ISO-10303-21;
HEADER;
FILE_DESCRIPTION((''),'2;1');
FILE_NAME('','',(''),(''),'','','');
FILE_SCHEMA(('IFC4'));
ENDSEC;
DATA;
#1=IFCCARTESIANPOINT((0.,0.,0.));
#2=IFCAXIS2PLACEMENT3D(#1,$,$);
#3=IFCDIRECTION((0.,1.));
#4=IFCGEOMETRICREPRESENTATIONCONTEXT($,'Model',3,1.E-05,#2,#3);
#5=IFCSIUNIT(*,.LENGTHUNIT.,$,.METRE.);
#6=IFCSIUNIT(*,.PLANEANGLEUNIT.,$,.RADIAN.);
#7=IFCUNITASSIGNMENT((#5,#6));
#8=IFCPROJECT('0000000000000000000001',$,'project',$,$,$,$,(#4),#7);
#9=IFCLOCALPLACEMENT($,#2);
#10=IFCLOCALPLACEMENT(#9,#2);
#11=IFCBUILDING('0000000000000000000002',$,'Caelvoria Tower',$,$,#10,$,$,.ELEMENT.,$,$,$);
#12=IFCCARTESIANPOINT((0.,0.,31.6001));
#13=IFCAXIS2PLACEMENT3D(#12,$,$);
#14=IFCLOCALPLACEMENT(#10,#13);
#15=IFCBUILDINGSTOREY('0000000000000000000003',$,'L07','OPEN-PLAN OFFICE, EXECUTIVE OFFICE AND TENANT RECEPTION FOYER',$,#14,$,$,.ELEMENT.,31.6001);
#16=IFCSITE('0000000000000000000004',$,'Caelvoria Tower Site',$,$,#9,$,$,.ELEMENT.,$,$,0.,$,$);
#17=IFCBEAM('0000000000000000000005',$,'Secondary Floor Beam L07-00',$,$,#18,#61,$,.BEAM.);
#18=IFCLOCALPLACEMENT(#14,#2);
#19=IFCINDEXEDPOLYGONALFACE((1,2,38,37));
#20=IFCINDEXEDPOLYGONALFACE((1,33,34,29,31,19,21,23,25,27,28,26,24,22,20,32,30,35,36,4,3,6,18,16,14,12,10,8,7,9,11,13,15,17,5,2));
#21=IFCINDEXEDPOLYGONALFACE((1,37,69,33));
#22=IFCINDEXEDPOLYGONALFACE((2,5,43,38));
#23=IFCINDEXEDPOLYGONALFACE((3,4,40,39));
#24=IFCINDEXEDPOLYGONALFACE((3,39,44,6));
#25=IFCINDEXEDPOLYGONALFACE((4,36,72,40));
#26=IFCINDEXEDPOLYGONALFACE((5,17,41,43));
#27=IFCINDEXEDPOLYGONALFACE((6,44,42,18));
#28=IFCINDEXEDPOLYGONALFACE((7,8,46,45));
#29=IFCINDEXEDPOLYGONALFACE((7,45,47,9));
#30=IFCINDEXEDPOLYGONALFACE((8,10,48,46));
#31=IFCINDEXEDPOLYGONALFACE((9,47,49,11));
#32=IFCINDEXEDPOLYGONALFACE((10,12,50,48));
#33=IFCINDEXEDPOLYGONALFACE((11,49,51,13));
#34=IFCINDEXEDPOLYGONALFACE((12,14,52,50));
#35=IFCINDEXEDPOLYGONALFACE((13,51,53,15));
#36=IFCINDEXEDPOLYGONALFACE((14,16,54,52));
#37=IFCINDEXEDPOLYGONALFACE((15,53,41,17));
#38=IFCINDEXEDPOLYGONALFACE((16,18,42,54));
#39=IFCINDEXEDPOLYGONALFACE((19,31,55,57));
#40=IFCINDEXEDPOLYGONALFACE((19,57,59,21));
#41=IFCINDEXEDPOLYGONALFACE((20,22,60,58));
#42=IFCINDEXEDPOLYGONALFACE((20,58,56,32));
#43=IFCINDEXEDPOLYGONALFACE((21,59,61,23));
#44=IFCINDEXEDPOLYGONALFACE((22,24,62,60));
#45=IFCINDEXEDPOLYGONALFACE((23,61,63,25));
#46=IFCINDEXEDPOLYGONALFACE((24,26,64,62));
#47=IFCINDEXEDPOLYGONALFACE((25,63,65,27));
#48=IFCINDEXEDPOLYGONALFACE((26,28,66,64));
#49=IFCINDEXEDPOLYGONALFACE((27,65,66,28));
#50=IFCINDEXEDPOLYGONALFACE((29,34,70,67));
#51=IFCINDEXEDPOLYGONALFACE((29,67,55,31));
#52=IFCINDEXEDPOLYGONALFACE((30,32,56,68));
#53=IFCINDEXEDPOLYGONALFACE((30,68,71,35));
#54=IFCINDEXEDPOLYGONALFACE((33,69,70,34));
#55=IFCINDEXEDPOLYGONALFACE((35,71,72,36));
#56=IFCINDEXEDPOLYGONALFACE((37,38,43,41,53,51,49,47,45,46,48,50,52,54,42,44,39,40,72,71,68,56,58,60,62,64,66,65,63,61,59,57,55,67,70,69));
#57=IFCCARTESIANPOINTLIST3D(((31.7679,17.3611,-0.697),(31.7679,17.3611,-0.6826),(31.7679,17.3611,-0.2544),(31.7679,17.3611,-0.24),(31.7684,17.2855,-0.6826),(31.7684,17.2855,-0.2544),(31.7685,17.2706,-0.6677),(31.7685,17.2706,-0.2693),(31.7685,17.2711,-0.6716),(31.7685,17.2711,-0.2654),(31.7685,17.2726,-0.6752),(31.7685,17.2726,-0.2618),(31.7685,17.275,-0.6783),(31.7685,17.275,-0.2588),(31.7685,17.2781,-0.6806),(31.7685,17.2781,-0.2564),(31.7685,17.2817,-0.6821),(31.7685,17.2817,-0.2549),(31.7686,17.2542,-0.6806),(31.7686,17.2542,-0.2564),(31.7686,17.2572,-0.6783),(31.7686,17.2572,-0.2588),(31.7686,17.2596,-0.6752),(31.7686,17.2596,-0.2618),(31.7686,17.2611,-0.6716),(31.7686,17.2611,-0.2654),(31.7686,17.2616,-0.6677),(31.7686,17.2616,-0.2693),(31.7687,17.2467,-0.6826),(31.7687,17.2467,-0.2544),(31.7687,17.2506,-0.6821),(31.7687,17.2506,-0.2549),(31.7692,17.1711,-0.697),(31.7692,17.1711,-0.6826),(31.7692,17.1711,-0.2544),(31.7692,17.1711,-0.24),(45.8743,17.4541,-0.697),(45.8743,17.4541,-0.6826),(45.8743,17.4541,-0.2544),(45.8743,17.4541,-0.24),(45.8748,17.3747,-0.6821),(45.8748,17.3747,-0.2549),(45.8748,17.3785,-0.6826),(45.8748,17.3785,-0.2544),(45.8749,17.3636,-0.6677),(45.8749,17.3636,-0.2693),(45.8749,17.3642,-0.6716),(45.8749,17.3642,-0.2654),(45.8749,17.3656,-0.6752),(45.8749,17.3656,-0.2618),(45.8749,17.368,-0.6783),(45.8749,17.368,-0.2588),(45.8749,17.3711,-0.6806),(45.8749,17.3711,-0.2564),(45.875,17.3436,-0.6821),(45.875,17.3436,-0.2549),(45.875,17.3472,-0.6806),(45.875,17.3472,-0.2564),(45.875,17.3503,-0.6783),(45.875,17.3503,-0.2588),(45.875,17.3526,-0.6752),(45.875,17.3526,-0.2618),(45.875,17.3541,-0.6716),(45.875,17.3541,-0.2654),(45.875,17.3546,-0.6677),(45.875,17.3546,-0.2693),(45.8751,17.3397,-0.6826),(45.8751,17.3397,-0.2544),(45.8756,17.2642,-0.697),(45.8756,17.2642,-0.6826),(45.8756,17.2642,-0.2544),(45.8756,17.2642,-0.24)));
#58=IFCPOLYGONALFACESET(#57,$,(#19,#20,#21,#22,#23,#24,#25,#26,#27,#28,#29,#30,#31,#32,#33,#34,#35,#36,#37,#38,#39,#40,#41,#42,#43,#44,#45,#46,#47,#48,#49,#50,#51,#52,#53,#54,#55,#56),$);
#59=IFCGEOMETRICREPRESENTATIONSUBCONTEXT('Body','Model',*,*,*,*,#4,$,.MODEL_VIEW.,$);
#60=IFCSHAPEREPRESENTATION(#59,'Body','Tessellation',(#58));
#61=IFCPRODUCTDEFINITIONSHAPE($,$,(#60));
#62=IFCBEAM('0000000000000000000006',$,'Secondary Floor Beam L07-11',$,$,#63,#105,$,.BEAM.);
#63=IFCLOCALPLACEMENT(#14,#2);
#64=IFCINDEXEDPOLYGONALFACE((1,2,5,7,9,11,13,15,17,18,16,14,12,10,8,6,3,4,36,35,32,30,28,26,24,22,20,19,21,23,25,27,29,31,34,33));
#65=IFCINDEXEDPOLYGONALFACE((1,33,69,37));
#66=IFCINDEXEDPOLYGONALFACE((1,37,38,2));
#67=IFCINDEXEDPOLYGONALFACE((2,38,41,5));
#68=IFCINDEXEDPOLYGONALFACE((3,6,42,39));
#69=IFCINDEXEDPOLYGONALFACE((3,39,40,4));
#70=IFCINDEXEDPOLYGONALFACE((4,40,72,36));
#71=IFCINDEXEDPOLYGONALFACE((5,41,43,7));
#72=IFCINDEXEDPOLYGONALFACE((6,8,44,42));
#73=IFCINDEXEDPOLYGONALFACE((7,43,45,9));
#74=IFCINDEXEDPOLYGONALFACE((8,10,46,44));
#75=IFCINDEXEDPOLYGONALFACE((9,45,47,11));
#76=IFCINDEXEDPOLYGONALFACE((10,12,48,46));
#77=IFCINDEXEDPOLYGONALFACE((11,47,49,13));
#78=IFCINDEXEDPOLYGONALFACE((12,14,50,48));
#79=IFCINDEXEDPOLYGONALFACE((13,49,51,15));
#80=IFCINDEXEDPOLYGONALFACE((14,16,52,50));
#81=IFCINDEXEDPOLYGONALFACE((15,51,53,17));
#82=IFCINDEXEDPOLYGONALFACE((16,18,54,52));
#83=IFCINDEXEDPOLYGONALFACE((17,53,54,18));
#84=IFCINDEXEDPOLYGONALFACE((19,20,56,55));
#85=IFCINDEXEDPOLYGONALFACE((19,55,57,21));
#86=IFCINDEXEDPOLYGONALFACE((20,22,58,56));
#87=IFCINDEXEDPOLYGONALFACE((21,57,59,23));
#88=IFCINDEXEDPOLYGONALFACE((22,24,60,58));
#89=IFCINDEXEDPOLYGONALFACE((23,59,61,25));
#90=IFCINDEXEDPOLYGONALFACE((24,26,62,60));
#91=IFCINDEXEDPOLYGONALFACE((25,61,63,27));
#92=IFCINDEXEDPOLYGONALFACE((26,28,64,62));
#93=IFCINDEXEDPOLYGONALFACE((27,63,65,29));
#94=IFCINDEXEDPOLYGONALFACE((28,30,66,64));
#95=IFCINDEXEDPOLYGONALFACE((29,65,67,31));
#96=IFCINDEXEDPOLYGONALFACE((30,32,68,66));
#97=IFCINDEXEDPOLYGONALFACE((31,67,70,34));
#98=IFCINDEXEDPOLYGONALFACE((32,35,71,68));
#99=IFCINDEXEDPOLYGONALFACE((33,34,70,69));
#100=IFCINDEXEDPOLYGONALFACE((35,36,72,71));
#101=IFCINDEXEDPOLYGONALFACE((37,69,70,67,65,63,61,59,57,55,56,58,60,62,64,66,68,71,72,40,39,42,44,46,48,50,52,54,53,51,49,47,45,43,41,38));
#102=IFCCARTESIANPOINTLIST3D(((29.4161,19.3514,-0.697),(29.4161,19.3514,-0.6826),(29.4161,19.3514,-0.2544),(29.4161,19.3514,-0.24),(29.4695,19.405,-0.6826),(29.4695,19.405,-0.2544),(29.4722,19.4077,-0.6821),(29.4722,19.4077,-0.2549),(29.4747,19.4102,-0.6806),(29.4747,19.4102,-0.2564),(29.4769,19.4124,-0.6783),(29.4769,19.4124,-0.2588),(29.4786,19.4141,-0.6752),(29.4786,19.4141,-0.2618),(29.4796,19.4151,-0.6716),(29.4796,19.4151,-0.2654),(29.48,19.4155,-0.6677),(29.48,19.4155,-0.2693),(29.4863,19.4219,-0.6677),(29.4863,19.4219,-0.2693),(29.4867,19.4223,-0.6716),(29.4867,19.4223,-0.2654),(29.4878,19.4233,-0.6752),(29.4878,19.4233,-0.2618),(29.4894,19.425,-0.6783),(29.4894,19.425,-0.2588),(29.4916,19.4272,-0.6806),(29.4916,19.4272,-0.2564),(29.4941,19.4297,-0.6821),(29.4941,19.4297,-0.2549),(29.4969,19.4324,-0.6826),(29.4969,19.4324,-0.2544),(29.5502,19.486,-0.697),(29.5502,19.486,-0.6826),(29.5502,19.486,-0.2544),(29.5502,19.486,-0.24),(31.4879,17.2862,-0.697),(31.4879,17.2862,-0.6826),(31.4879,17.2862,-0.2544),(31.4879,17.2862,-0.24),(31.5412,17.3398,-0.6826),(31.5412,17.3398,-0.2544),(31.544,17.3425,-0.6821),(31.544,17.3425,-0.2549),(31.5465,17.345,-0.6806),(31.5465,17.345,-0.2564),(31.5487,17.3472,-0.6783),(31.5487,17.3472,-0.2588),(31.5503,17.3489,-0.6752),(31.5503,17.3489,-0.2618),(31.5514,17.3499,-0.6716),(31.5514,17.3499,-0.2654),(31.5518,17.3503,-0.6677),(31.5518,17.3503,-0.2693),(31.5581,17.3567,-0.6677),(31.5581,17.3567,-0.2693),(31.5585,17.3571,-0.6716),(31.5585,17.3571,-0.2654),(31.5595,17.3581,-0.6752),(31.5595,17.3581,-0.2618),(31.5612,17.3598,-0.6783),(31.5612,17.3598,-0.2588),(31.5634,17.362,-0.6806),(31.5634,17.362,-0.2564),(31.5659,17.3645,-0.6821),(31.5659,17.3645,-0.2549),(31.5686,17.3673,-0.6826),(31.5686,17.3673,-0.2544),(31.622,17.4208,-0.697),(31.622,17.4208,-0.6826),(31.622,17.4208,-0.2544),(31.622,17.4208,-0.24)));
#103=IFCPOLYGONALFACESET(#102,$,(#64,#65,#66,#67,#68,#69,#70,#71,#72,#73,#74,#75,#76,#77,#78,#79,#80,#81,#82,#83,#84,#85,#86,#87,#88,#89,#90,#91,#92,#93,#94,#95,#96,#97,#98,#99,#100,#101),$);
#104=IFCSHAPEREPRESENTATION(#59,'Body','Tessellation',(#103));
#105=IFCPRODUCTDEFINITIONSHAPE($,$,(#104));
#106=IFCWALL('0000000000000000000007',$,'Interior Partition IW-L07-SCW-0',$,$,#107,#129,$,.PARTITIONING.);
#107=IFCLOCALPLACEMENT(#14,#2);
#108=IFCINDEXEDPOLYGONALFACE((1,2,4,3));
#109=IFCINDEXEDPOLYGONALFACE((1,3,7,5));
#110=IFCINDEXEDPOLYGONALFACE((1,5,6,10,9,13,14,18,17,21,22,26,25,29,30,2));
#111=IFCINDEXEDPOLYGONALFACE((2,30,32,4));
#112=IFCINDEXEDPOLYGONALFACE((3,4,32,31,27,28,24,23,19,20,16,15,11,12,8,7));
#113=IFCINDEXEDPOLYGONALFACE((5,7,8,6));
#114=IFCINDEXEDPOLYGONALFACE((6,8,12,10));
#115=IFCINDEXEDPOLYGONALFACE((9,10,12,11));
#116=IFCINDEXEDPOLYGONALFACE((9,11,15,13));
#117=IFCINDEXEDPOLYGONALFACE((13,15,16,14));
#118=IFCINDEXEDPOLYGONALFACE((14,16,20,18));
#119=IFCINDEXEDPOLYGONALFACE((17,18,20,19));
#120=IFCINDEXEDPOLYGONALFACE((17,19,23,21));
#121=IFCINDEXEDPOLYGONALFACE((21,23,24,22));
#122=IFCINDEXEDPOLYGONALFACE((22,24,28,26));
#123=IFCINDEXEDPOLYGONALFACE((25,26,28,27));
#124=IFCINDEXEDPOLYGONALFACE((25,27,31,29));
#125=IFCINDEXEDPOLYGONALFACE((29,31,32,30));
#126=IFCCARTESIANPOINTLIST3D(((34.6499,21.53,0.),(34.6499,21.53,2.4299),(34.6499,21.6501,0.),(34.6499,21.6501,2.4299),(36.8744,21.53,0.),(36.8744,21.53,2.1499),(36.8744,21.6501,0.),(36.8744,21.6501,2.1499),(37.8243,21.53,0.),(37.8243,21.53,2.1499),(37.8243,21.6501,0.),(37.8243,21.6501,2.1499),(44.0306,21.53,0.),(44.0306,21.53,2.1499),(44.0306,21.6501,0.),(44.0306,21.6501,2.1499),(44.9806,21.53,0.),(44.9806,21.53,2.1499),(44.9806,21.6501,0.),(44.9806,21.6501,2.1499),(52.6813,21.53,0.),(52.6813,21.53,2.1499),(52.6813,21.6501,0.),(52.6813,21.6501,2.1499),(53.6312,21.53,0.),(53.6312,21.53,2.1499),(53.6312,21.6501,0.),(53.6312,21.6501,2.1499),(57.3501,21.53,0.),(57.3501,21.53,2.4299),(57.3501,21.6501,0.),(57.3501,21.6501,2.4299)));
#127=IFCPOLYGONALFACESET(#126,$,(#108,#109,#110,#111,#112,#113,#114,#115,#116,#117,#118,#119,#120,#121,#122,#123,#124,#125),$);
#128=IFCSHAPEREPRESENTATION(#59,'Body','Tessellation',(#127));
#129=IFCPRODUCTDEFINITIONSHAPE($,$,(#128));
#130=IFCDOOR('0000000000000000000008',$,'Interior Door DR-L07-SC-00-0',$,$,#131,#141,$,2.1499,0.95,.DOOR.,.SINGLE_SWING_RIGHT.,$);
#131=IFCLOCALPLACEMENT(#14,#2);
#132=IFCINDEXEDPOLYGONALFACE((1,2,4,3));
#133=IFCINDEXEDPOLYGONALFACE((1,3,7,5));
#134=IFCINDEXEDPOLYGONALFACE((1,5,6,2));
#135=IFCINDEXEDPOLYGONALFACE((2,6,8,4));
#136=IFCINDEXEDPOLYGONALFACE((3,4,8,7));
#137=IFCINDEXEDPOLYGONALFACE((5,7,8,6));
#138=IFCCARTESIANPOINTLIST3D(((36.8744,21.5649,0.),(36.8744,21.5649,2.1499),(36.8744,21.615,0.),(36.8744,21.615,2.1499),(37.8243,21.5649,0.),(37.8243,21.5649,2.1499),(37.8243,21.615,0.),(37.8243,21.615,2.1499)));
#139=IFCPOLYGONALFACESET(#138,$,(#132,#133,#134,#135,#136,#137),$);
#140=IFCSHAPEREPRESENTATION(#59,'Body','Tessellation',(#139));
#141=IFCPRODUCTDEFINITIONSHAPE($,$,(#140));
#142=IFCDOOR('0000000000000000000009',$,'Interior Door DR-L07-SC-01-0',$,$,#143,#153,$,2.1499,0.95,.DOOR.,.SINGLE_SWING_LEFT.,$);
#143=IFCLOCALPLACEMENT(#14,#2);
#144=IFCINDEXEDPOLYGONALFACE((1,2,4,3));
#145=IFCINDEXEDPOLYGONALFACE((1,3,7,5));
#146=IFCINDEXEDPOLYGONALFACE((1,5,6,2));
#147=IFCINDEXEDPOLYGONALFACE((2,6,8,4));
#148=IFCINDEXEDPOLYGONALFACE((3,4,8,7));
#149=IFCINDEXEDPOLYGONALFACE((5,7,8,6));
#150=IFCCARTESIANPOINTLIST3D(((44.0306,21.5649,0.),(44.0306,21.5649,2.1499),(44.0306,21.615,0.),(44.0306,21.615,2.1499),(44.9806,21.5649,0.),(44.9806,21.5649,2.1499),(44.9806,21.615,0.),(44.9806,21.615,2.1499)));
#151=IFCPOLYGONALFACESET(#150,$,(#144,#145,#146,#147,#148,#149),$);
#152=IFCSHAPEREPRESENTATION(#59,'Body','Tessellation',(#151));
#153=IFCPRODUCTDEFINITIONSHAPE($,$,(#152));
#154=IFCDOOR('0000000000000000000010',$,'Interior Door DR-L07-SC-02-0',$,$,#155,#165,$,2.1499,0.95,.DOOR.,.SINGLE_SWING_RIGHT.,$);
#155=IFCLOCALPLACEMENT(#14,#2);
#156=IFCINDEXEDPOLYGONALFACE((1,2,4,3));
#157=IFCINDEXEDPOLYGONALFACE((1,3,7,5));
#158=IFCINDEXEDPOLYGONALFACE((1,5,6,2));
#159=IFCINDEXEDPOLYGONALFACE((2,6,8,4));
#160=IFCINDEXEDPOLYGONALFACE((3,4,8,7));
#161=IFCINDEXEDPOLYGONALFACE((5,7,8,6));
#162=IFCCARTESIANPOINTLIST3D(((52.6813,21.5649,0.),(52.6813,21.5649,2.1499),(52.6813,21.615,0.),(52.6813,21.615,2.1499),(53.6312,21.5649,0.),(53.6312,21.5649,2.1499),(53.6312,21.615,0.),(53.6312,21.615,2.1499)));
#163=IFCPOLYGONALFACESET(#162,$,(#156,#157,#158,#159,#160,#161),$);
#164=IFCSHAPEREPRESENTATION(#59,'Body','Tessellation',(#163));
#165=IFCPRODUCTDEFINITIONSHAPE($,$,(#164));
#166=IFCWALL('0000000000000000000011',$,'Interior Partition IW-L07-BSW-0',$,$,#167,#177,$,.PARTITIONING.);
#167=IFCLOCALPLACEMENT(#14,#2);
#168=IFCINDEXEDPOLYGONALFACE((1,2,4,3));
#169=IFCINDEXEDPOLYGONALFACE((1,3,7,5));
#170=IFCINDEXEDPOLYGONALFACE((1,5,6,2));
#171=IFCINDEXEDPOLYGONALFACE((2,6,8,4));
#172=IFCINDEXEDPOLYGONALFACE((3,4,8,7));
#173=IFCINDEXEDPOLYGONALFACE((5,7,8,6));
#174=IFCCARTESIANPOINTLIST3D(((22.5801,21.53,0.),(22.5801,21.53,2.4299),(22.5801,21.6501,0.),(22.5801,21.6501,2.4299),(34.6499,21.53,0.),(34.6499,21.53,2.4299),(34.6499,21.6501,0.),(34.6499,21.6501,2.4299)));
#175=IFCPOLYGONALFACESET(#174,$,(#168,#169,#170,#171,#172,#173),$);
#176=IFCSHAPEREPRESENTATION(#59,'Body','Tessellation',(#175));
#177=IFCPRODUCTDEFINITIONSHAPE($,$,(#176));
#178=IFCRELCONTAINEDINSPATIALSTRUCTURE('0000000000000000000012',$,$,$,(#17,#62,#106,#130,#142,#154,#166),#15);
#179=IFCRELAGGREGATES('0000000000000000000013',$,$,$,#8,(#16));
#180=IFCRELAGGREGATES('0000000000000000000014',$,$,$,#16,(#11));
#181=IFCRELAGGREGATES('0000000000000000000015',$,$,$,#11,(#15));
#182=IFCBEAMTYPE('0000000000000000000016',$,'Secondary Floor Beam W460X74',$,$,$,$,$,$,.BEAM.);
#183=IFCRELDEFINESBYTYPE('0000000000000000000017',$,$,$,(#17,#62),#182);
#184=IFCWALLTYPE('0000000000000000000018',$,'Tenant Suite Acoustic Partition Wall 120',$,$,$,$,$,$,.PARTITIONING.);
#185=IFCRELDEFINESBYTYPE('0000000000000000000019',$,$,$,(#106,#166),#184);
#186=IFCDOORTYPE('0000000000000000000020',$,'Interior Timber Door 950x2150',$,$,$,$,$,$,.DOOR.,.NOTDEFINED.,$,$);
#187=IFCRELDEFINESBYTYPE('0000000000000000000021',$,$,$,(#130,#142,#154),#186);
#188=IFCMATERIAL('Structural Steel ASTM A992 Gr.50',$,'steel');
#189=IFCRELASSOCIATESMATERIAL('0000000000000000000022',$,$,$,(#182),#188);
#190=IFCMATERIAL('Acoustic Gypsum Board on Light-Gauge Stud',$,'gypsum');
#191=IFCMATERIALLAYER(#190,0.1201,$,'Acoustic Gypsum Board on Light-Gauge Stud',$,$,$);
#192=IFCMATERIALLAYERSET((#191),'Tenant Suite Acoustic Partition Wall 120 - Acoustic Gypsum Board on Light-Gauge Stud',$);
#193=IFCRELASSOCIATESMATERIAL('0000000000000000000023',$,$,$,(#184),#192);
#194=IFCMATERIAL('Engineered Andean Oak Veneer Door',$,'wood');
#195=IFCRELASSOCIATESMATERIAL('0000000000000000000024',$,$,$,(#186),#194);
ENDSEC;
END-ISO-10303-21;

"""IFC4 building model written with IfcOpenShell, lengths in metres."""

from ifc_helpers import new_model, si_unit, direction, frame, frame_2d, origin, origin_2d, place, context, subcontext, project, spatial, rectangle, i_section, extrude, material, layer, layer_set, material_profile, profile_set, type_object, element, fill, save


model = new_model("IFC4")

# Units and contexts
model_context = context("Model", 3, precision=1e-05, world=origin(), true_north=direction((0.0, 1.0)))
body_context = subcontext(model_context, "Body", "Model", "MODEL_VIEW")
ifc_project = project(units=[si_unit("LENGTHUNIT", "METRE"), si_unit("PLANEANGLEUNIT", "RADIAN")], contexts=[model_context])

# Site, building, storey
site_placement = place(None, origin())
site = spatial("IfcSite", under=ifc_project, at=site_placement, Name="Caelvoria Tower Site", CompositionType="ELEMENT", RefElevation=0.0)
building_placement = place(site_placement, origin())
building = spatial("IfcBuilding", under=site, at=building_placement, Name="Caelvoria Tower", CompositionType="ELEMENT")
storey_placement = place(building_placement, frame((0.0, 0.0, 31.6001)))
storey = spatial("IfcBuildingStorey", under=building, at=storey_placement, Name="L07", Description="OPEN-PLAN OFFICE, EXECUTIVE OFFICE AND TENANT RECEPTION FOYER", CompositionType="ELEMENT", Elevation=31.6001)

# Beams
ifc_material_1 = material(Name="Structural Steel ASTM A992 Gr.50", Category="steel")
ifc_material_profile = material_profile(ifc_material_1, i_section(OverallWidth=0.1899, OverallDepth=0.457, WebThickness=0.009, FlangeThickness=0.0144, FilletRadius=0.0149, at=origin_2d()), Name="Structural Steel ASTM A992 Gr.50")
ifc_profile_set = profile_set([ifc_material_profile], Name="W460X74 - Structural Steel ASTM A992 Gr.50")
beam_type = type_object("IfcBeamType", Name="Secondary Floor Beam W460X74", PredefinedType="BEAM", material=ifc_profile_set)
beam_1_placement = place(storey_placement, frame((31.7686, 17.2661, -0.4685), z_axis=(0.999978, 0.006594, 0.0), x_axis=(-0.006594, 0.999978, 0.0)))
element("IfcBeam", 1, at=beam_1_placement, inside=storey, type_object=beam_type, Name="Secondary Floor Beam L07-00", PredefinedType="BEAM", context=body_context, shape_type="SweptSolid", body=[
    extrude(i_section(OverallWidth=0.1899, OverallDepth=0.457, WebThickness=0.009, FlangeThickness=0.0144, FilletRadius=0.0149, at=origin_2d()), origin(), (0.0, 0.0, 1.0), 14.1067),
])
beam_2_placement = place(storey_placement, frame((29.4832, 19.4187, -0.4685), z_axis=(0.708233, -0.705979, 0.0), x_axis=(0.705979, 0.708233, 0.0)))
element("IfcBeam", 2, at=beam_2_placement, inside=storey, type_object=beam_type, Name="Secondary Floor Beam L07-11", PredefinedType="BEAM", context=body_context, shape_type="SweptSolid", body=[
    extrude(i_section(OverallWidth=0.1899, OverallDepth=0.457, WebThickness=0.009, FlangeThickness=0.0144, FilletRadius=0.0149, at=origin_2d()), origin(), (0.0, 0.0, 1.0), 2.9253),
])

# Wall, openings, doors
ifc_material_2 = material(Name="Acoustic Gypsum Board on Light-Gauge Stud", Category="gypsum")
ifc_layer_1 = layer(ifc_material_2, 0.1201, Name="Acoustic Gypsum Board on Light-Gauge Stud")
ifc_layer_set_1 = layer_set([ifc_layer_1], Name="Tenant Suite Acoustic Partition Wall 120 - Acoustic Gypsum Board on Light-Gauge Stud")
wall_type = type_object("IfcWallType", Name="Tenant Suite Acoustic Partition Wall 120", PredefinedType="PARTITIONING", material=ifc_layer_set_1)
wall_1_placement = place(storey_placement, frame((34.6499, 21.5901, 0.0), z_axis=(0.0, 0.0, 1.0), x_axis=(1.0, 0.0, 0.0)))
wall_1 = element("IfcWall", 3, at=wall_1_placement, inside=storey, type_object=wall_type, Name="Interior Partition IW-L07-SCW-0", PredefinedType="PARTITIONING", context=body_context, shape_type="SweptSolid", body=[
    extrude(rectangle(XDim=22.7002, YDim=0.1201, at=frame_2d((11.3501, 0.0))), origin(), (0.0, 0.0, 1.0), 2.4299),
])
opening_1_placement = place(wall_1_placement, frame((2.2244, 0.0, 0.0)))
opening_1 = element("IfcOpeningElement", 4, at=opening_1_placement, cuts=wall_1, PredefinedType="OPENING", context=body_context, shape_type="SweptSolid", body=[
    extrude(rectangle(XDim=0.95, YDim=2.1499, at=frame_2d((0.4751, 1.075))), frame((0.0, 0.0701, 0.0), z_axis=(0.0, -1.0, 0.0), x_axis=(1.0, 0.0, 0.0)), (0.0, 0.0, 1.0), 0.1401),
])
opening_2_placement = place(wall_1_placement, frame((9.3806, 0.0, 0.0)))
opening_2 = element("IfcOpeningElement", 5, at=opening_2_placement, cuts=wall_1, PredefinedType="OPENING", context=body_context, shape_type="SweptSolid", body=[
    extrude(rectangle(XDim=0.95, YDim=2.1499, at=frame_2d((0.4751, 1.075))), frame((0.0, 0.0701, 0.0), z_axis=(0.0, -1.0, 0.0), x_axis=(1.0, 0.0, 0.0)), (0.0, 0.0, 1.0), 0.1401),
])
opening_3_placement = place(wall_1_placement, frame((18.0312, 0.0, 0.0)))
opening_3 = element("IfcOpeningElement", 6, at=opening_3_placement, cuts=wall_1, PredefinedType="OPENING", context=body_context, shape_type="SweptSolid", body=[
    extrude(rectangle(XDim=0.95, YDim=2.1499, at=frame_2d((0.4751, 1.075))), frame((0.0, 0.0701, 0.0), z_axis=(0.0, -1.0, 0.0), x_axis=(1.0, 0.0, 0.0)), (0.0, 0.0, 1.0), 0.1401),
])
ifc_material_3 = material(Name="Engineered Andean Oak Veneer Door", Category="wood")
door_type = type_object("IfcDoorType", Name="Interior Timber Door 950x2150", OperationType="NOTDEFINED", PredefinedType="DOOR", material=ifc_material_3)
door_1_placement = place(opening_1_placement, origin())
door_1 = element("IfcDoor", 7, at=door_1_placement, inside=storey, type_object=door_type, Name="Interior Door DR-L07-SC-00-0", OperationType="SINGLE_SWING_RIGHT", OverallHeight=2.1499, OverallWidth=0.95, PredefinedType="DOOR", context=body_context, shape_type="SweptSolid", body=[
    extrude(rectangle(XDim=0.95, YDim=2.1499, at=frame_2d((0.4751, 1.075))), frame((0.0, 0.0249, 0.0), z_axis=(0.0, -1.0, 0.0), x_axis=(1.0, 0.0, 0.0)), (0.0, 0.0, 1.0), 0.05),
])
fill(opening_1, door_1)
door_2_placement = place(opening_2_placement, origin())
door_2 = element("IfcDoor", 8, at=door_2_placement, inside=storey, type_object=door_type, Name="Interior Door DR-L07-SC-01-0", OperationType="SINGLE_SWING_LEFT", OverallHeight=2.1499, OverallWidth=0.95, PredefinedType="DOOR", context=body_context, shape_type="SweptSolid", body=[
    extrude(rectangle(XDim=0.95, YDim=2.1499, at=frame_2d((0.4751, 1.075))), frame((0.0, 0.0249, 0.0), z_axis=(0.0, -1.0, 0.0), x_axis=(1.0, 0.0, 0.0)), (0.0, 0.0, 1.0), 0.05),
])
fill(opening_2, door_2)
door_3_placement = place(opening_3_placement, origin())
door_3 = element("IfcDoor", 9, at=door_3_placement, inside=storey, type_object=door_type, Name="Interior Door DR-L07-SC-02-0", OperationType="SINGLE_SWING_RIGHT", OverallHeight=2.1499, OverallWidth=0.95, PredefinedType="DOOR", context=body_context, shape_type="SweptSolid", body=[
    extrude(rectangle(XDim=0.95, YDim=2.1499, at=frame_2d((0.4751, 1.075))), frame((0.0, 0.0249, 0.0), z_axis=(0.0, -1.0, 0.0), x_axis=(1.0, 0.0, 0.0)), (0.0, 0.0, 1.0), 0.05),
])
fill(opening_3, door_3)

# Wall
wall_2_placement = place(storey_placement, frame((34.6499, 21.5901, 0.0), z_axis=(0.0, 0.0, 1.0), x_axis=(-1.0, 0.0, 0.0)))
element("IfcWall", 10, at=wall_2_placement, inside=storey, type_object=wall_type, Name="Interior Partition IW-L07-BSW-0", PredefinedType="PARTITIONING", context=body_context, shape_type="SweptSolid", body=[
    extrude(rectangle(XDim=12.0698, YDim=0.1201, at=frame_2d((6.0349, 0.0))), origin(), (0.0, 0.0, 1.0), 2.4299),
])

save(model, "model.ifc")
